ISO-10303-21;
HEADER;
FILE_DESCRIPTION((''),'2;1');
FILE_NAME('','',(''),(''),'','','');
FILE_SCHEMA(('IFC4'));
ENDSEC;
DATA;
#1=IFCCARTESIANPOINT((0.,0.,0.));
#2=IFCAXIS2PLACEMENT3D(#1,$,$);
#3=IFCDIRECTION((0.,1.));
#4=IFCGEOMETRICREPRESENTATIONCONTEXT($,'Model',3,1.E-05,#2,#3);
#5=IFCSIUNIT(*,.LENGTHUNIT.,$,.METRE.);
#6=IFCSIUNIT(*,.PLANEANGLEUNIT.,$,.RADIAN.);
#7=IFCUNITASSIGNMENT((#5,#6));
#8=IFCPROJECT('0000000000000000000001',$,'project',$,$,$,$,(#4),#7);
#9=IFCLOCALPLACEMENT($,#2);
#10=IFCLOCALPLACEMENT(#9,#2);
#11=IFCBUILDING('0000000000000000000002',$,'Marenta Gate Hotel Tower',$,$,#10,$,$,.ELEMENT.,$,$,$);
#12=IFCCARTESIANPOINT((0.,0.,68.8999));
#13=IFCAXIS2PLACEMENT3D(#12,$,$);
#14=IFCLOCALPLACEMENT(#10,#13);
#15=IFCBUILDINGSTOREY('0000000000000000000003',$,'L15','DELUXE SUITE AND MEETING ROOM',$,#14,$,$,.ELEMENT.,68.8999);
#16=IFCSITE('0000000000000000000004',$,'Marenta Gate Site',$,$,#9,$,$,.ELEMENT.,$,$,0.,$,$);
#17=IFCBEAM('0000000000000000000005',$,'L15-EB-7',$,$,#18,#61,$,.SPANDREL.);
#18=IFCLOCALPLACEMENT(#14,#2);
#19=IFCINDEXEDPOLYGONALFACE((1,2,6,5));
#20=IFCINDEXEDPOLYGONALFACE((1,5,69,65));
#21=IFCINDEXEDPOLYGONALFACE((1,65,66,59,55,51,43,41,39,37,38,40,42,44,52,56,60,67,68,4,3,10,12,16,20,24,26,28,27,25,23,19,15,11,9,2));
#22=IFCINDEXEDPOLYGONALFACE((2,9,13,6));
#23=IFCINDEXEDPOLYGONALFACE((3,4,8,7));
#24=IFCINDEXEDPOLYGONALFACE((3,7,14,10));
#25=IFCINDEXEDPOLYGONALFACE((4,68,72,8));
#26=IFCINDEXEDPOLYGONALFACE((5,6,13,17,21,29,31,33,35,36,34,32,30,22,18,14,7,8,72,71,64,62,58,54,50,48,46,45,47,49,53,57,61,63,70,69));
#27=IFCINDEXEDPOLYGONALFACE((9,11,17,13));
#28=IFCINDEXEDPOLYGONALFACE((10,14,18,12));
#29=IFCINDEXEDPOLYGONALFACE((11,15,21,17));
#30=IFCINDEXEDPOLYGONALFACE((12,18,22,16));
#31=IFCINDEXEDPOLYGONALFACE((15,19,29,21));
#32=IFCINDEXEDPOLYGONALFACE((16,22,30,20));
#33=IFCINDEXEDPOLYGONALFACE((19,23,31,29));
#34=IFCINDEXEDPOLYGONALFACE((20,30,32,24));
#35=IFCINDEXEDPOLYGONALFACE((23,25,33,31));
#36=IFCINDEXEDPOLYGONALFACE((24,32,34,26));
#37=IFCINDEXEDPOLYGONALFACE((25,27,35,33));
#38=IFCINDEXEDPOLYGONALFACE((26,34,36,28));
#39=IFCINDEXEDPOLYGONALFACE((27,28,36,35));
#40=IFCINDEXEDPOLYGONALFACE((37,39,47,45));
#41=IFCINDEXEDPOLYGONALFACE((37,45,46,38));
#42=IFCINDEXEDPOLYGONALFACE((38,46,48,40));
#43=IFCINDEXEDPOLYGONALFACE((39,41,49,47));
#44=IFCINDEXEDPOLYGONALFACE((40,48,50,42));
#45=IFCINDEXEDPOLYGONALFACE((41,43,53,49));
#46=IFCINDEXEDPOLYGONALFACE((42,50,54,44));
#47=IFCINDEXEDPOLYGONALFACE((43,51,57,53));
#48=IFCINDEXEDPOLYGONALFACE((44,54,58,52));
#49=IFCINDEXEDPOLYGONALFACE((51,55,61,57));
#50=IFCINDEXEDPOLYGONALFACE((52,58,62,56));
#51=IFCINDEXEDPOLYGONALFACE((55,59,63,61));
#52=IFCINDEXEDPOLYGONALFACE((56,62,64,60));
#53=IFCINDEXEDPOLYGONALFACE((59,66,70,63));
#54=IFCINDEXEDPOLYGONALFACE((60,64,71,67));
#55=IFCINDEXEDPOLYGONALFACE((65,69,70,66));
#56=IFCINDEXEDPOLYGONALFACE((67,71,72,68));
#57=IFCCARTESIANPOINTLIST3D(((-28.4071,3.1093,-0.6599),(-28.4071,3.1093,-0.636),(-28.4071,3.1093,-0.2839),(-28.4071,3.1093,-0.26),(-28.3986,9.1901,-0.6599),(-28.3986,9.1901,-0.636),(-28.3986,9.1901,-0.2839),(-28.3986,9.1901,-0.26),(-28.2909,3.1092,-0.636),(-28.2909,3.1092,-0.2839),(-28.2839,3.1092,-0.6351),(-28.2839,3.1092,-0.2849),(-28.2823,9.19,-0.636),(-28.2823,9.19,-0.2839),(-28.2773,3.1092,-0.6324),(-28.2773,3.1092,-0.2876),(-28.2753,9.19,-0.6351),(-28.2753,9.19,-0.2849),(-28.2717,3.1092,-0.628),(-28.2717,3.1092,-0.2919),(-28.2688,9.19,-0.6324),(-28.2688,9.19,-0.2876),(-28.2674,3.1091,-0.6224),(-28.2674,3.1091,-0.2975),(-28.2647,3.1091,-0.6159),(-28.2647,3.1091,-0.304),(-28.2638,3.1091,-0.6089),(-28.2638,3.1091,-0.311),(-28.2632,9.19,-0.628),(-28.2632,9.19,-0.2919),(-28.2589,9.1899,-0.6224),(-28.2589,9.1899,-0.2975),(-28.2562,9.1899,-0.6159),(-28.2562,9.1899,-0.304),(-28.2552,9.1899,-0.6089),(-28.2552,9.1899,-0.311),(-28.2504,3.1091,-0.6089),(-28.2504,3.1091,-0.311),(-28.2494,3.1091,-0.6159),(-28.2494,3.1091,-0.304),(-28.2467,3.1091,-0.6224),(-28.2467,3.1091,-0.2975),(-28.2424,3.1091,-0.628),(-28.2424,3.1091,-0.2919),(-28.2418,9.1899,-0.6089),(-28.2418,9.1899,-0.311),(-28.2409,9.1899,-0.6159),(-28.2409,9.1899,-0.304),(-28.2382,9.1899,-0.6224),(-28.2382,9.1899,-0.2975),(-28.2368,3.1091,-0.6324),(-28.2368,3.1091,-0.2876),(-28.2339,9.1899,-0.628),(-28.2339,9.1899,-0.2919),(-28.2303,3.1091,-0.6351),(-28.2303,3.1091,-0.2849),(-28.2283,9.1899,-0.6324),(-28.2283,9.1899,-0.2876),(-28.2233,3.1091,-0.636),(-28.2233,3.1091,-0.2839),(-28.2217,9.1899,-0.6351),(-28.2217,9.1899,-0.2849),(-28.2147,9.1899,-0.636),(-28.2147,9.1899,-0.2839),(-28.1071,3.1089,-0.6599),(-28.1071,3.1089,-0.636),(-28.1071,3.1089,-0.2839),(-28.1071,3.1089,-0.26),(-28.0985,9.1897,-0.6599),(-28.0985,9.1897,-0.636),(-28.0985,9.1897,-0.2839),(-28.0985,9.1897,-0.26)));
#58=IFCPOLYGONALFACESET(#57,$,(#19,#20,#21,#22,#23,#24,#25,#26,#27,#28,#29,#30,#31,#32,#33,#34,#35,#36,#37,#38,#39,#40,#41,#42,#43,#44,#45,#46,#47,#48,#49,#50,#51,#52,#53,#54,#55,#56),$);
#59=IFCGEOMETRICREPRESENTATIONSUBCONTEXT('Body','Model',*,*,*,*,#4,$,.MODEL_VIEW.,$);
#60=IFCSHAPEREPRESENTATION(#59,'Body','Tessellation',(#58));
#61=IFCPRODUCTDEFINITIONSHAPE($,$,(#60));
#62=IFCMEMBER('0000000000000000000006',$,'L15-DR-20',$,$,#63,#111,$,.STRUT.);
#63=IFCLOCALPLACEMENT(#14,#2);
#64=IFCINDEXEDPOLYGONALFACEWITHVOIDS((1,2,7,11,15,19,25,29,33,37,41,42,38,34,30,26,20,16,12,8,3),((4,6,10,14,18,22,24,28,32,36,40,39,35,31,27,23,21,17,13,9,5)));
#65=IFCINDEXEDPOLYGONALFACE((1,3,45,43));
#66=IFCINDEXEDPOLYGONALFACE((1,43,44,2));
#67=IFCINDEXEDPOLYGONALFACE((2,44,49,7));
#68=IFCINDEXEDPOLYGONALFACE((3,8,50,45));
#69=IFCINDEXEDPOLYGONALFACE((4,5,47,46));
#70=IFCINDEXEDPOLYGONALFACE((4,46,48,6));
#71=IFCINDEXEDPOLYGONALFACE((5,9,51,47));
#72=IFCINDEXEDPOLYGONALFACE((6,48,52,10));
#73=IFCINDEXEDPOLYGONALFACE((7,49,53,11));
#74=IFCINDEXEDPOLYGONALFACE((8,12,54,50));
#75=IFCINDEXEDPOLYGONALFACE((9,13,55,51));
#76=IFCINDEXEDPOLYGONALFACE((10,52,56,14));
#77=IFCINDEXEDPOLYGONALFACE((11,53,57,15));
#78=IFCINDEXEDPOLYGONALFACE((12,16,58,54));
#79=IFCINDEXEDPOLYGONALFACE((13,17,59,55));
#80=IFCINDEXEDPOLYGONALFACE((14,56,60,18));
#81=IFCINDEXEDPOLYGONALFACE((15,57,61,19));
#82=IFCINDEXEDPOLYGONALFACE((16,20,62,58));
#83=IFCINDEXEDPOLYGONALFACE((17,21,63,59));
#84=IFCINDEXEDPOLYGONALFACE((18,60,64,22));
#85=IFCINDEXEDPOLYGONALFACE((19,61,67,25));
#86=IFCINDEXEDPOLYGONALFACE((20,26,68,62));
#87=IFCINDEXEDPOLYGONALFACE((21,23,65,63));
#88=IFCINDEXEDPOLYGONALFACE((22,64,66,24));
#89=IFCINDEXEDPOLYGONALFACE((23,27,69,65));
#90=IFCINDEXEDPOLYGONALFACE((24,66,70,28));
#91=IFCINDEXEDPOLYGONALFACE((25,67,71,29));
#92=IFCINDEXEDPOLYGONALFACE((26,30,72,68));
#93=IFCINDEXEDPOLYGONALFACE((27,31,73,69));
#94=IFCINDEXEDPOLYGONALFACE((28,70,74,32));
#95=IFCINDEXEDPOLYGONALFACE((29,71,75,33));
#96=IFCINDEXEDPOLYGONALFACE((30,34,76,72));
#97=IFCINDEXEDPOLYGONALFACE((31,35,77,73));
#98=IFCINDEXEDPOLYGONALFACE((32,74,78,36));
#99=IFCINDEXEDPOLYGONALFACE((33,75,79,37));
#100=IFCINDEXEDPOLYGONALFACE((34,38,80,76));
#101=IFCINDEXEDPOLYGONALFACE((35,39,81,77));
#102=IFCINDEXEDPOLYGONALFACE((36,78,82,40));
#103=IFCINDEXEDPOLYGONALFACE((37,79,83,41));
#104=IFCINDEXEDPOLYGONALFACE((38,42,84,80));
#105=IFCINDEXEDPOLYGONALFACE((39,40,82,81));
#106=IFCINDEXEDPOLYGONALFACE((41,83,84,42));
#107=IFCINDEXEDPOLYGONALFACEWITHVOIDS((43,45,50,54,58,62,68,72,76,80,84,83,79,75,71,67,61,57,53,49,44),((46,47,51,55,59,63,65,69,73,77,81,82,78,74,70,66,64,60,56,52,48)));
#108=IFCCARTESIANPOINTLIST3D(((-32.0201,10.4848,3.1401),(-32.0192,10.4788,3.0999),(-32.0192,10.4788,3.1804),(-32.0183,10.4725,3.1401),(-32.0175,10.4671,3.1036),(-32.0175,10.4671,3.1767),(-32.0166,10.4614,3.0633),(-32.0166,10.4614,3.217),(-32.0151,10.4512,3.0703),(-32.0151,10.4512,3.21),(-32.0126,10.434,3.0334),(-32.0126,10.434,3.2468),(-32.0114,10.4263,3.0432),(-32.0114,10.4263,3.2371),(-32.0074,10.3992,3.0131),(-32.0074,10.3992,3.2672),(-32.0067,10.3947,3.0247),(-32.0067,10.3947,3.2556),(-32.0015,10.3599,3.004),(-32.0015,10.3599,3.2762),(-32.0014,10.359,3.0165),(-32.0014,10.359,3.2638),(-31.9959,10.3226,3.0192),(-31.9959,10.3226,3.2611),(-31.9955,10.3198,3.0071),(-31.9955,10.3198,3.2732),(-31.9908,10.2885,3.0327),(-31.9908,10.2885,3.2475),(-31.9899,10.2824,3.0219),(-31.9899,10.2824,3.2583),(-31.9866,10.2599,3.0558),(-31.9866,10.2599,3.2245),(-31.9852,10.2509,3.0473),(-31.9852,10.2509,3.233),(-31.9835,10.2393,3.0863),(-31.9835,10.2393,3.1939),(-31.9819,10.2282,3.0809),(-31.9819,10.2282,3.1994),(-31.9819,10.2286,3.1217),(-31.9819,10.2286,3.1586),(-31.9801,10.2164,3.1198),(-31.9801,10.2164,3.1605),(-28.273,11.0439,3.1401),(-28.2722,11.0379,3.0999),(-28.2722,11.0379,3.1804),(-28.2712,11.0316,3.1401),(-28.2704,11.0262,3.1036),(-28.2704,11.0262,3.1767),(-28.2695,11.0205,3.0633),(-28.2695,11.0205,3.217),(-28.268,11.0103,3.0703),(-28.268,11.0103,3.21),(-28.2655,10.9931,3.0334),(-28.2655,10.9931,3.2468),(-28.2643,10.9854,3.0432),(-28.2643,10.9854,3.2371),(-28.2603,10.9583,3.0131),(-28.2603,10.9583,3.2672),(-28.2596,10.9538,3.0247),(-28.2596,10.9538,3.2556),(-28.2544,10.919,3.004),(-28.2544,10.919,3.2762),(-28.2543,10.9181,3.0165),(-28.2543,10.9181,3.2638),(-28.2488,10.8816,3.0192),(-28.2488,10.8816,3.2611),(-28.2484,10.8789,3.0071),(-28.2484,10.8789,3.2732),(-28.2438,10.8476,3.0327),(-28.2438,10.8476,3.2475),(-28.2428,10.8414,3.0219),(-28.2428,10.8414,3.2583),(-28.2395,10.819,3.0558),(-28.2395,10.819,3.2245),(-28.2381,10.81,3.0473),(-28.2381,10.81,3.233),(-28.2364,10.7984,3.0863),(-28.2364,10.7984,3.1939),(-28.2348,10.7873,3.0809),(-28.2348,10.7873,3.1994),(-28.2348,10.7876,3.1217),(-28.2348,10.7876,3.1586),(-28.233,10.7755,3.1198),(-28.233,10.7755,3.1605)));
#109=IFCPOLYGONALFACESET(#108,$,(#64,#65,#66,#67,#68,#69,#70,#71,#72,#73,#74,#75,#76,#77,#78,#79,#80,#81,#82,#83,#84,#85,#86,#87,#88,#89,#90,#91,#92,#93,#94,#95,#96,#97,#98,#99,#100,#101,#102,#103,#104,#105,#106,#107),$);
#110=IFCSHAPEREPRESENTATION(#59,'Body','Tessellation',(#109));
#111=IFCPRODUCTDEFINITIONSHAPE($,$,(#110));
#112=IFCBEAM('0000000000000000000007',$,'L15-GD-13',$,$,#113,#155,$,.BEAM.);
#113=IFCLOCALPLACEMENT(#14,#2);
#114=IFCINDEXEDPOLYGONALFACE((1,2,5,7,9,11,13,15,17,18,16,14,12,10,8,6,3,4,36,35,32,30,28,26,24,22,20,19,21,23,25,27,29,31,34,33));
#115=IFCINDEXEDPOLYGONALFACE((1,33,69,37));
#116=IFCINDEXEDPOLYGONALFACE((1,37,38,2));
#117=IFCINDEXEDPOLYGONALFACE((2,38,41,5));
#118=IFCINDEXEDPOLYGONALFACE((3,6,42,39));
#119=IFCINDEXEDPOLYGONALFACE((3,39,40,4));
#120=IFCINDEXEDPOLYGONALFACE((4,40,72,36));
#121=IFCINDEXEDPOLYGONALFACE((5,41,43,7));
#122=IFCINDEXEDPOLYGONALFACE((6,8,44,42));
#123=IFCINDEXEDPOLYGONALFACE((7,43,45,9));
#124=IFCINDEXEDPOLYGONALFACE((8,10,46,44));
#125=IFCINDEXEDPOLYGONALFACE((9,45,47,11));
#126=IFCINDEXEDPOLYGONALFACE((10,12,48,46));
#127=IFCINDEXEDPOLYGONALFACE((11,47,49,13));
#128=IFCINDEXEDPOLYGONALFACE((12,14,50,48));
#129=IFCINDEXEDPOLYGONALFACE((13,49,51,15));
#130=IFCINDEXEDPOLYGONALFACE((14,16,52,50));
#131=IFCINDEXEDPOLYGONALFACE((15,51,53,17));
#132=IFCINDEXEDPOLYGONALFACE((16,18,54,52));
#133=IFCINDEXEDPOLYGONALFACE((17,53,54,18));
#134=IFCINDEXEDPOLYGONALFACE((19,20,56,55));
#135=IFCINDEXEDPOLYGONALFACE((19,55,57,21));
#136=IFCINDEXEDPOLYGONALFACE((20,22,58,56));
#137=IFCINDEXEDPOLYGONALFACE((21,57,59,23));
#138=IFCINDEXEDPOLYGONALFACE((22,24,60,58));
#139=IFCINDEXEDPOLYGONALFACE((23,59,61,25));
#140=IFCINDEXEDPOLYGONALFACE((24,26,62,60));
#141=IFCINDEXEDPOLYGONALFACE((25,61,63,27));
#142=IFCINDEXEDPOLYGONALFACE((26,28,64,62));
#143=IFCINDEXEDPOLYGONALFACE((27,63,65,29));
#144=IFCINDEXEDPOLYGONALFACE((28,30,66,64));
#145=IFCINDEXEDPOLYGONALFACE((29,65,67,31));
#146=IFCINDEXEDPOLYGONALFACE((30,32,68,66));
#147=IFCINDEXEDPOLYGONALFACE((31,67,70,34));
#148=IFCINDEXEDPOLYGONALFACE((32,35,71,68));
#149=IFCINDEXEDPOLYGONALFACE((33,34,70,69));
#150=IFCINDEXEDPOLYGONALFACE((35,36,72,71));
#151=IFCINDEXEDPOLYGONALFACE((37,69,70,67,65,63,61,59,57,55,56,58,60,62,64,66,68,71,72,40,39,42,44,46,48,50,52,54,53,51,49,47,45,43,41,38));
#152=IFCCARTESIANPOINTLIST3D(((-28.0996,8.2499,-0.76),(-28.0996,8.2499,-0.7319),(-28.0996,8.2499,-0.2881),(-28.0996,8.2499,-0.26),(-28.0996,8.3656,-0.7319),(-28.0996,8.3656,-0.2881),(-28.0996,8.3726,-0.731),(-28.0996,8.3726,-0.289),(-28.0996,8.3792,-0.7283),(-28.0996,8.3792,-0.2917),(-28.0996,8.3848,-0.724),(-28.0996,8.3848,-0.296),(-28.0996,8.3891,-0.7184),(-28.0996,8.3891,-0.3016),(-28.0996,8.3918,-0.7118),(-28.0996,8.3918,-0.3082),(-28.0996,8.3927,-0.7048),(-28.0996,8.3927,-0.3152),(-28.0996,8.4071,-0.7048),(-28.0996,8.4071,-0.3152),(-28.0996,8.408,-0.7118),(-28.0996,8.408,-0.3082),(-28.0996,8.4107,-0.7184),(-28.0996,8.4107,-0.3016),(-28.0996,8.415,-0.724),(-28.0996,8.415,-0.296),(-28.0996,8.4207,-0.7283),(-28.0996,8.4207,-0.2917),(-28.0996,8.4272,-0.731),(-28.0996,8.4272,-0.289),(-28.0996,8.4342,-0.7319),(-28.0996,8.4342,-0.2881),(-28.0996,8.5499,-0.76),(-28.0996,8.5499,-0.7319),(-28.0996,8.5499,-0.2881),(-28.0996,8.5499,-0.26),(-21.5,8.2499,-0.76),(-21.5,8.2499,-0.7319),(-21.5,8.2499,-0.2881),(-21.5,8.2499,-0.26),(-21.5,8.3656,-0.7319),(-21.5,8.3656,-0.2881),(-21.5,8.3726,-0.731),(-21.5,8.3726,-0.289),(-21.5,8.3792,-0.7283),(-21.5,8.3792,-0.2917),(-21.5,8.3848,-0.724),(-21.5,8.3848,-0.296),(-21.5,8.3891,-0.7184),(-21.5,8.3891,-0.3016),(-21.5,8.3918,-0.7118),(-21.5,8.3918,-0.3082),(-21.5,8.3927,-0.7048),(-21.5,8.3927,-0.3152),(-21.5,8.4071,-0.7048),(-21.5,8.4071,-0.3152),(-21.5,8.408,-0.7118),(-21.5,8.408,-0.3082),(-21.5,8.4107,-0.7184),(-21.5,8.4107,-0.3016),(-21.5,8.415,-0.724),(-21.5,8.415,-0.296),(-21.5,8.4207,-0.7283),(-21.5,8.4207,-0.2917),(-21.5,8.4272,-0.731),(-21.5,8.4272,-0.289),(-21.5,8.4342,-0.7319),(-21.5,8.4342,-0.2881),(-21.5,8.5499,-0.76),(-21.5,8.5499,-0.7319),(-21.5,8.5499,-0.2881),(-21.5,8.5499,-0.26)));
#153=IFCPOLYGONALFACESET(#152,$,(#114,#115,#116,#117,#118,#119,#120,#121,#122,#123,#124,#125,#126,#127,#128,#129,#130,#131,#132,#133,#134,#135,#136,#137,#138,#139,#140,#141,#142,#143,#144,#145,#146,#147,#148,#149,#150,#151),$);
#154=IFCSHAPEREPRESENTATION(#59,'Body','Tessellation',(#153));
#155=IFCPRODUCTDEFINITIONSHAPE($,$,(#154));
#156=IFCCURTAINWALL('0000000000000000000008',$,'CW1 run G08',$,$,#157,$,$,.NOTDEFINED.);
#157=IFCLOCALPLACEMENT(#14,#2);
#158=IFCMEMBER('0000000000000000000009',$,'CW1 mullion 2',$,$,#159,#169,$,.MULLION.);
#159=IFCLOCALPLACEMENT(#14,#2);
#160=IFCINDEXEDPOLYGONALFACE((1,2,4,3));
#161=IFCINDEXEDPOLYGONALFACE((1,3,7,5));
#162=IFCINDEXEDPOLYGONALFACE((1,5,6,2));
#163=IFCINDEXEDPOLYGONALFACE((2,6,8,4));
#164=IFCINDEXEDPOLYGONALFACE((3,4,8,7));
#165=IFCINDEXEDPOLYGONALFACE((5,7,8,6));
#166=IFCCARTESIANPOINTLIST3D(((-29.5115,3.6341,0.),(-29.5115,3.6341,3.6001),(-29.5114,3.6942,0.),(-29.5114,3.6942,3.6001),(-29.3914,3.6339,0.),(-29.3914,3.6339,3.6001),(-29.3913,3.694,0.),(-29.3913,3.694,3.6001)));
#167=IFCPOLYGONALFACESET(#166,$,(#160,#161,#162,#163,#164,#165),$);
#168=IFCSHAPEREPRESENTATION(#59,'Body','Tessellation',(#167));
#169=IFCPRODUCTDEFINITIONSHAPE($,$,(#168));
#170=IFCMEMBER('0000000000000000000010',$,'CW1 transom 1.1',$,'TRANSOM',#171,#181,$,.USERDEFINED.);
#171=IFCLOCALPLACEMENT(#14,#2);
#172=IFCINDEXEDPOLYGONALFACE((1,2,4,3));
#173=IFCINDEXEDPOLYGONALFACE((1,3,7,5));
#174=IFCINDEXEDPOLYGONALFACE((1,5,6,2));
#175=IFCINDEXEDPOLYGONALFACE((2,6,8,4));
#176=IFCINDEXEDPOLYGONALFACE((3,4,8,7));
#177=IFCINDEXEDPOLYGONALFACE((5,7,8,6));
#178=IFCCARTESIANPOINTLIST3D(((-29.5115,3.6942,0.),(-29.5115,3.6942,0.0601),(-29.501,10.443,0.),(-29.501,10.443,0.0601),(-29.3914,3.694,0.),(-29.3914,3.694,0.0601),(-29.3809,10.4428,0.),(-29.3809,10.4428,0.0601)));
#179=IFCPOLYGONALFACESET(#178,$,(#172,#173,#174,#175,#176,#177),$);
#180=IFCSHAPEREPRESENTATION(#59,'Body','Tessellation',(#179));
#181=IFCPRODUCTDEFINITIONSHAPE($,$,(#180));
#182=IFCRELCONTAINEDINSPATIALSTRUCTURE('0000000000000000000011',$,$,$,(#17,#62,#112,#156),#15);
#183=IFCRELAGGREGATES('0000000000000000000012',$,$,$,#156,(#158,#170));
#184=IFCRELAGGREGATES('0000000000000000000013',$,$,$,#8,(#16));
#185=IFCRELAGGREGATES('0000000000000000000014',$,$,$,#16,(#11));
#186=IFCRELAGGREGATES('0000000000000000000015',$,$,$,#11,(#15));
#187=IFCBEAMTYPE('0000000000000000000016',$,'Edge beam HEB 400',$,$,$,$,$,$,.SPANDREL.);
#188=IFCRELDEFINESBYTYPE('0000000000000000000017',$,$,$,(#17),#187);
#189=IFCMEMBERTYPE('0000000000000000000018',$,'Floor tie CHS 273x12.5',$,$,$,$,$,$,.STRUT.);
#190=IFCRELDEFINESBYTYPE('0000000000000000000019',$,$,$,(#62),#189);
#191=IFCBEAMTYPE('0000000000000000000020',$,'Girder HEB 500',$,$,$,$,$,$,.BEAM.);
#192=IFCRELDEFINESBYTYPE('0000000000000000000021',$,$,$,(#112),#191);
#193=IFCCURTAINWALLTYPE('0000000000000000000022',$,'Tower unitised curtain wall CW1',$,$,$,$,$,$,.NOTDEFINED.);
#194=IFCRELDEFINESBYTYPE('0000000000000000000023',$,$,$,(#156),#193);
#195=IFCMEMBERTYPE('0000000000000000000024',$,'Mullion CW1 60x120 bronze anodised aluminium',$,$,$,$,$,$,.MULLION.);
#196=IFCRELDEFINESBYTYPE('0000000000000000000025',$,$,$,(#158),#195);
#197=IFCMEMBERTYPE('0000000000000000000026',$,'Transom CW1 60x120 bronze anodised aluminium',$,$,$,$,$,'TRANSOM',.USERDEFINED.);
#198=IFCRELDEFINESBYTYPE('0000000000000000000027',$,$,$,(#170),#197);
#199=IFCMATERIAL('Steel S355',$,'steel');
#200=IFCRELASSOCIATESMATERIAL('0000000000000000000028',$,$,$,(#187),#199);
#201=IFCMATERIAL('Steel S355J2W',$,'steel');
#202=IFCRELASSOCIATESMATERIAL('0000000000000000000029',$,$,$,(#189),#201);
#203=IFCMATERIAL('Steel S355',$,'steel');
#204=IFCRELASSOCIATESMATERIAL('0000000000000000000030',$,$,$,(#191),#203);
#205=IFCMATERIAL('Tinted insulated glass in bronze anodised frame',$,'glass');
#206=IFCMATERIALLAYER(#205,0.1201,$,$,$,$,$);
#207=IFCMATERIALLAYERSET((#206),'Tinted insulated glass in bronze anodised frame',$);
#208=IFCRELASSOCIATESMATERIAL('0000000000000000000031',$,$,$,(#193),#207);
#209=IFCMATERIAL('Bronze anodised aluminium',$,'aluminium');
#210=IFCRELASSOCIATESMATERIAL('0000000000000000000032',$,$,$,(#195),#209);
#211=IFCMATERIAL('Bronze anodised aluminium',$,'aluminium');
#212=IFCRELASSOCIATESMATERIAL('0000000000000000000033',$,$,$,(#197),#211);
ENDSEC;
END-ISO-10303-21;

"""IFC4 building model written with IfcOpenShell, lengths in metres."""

from ifc_helpers import new_model, si_unit, direction, frame, origin, origin_2d, place, context, subcontext, project, spatial, rectangle, hollow_circle, i_section, extrude, material, layer, layer_set, material_profile, profile_set, type_object, element, aggregate, save


model = new_model("IFC4")

# Units and contexts
model_context = context("Model", 3, precision=1e-05, world=origin(), true_north=direction((0.0, 1.0)))
body_context = subcontext(model_context, "Body", "Model", "MODEL_VIEW")
ifc_project = project(units=[si_unit("LENGTHUNIT", "METRE"), si_unit("PLANEANGLEUNIT", "RADIAN")], contexts=[model_context])

# Site, building, storey
site_placement = place(None, origin())
site = spatial("IfcSite", under=ifc_project, at=site_placement, Name="Marenta Gate Site", CompositionType="ELEMENT", RefElevation=0.0)
building_placement = place(site_placement, origin())
building = spatial("IfcBuilding", under=site, at=building_placement, Name="Marenta Gate Hotel Tower", CompositionType="ELEMENT")
storey_placement = place(building_placement, frame((0.0, 0.0, 68.8999)))
storey = spatial("IfcBuildingStorey", under=building, at=storey_placement, Name="L15", Description="DELUXE SUITE AND MEETING ROOM", CompositionType="ELEMENT", Elevation=68.8999)

# Beam
ifc_material_1 = material(Name="Steel S355", Category="steel")
ifc_material_profile_1 = material_profile(ifc_material_1, i_section(OverallWidth=0.3, OverallDepth=0.3999, WebThickness=0.0134, FlangeThickness=0.0239, FilletRadius=0.0271, at=origin_2d()), Name="HEB 400")
ifc_profile_set_1 = profile_set([ifc_material_profile_1], Name="Steel S355")
beam_type_1 = type_object("IfcBeamType", Name="Edge beam HEB 400", PredefinedType="SPANDREL", material=ifc_profile_set_1)
beam_1_placement = place(storey_placement, frame((-28.2571, 3.1091, -0.46), z_axis=(0.001405, 0.999999, 0.0), x_axis=(-0.999999, 0.001405, 0.0)))
element("IfcBeam", 1, at=beam_1_placement, inside=storey, type_object=beam_type_1, Name="L15-EB-7", PredefinedType="SPANDREL", context=body_context, shape_type="SweptSolid", body=[
    extrude(i_section(OverallWidth=0.3, OverallDepth=0.3999, WebThickness=0.0134, FlangeThickness=0.0239, FilletRadius=0.0271, at=origin_2d()), origin(), (0.0, 0.0, 1.0), 6.0808),
])

# Member
ifc_material_2 = material(Name="Steel S355J2W", Category="steel")
ifc_material_profile_2 = material_profile(ifc_material_2, hollow_circle(Radius=0.1365, WallThickness=0.0125, at=origin_2d()), Name="CHS 273x12.5")
ifc_profile_set_2 = profile_set([ifc_material_profile_2], Name="Steel S355J2W")
member_type_1 = type_object("IfcMemberType", Name="Floor tie CHS 273x12.5", PredefinedType="STRUT", material=ifc_profile_set_2)
member_1_placement = place(storey_placement, frame((-32.0, 10.3499, 3.1401), z_axis=(0.989051, 0.147572, 0.0), x_axis=(-0.147572, 0.989051, 0.0)))
element("IfcMember", 2, at=member_1_placement, inside=storey, type_object=member_type_1, Name="L15-DR-20", PredefinedType="STRUT", context=body_context, shape_type="SweptSolid", body=[
    extrude(hollow_circle(Radius=0.1365, WallThickness=0.0125, at=origin_2d()), origin(), (0.0, 0.0, 1.0), 3.7886),
])

# Beam
ifc_material_3 = material(Name="Steel S355", Category="steel")
ifc_material_profile_3 = material_profile(ifc_material_3, i_section(OverallWidth=0.3, OverallDepth=0.5, WebThickness=0.0144, FlangeThickness=0.0281, FilletRadius=0.0271, at=origin_2d()), Name="HEB 500")
ifc_profile_set_3 = profile_set([ifc_material_profile_3], Name="Steel S355")
beam_type_2 = type_object("IfcBeamType", Name="Girder HEB 500", PredefinedType="BEAM", material=ifc_profile_set_3)
beam_2_placement = place(storey_placement, frame((-28.0996, 8.3999, -0.51), z_axis=(1.0, 0.0, 0.0), x_axis=(0.0, 1.0, 0.0)))
element("IfcBeam", 3, at=beam_2_placement, inside=storey, type_object=beam_type_2, Name="L15-GD-13", PredefinedType="BEAM", context=body_context, shape_type="SweptSolid", body=[
    extrude(i_section(OverallWidth=0.3, OverallDepth=0.5, WebThickness=0.0144, FlangeThickness=0.0281, FilletRadius=0.0271, at=origin_2d()), origin(), (0.0, 0.0, 1.0), 6.5996),
])

# Curtain wall, members
ifc_material_4 = material(Name="Tinted insulated glass in bronze anodised frame", Category="glass")
ifc_layer_1 = layer(ifc_material_4, 0.1201)
ifc_layer_set_1 = layer_set([ifc_layer_1], Name="Tinted insulated glass in bronze anodised frame")
curtain_wall_type = type_object("IfcCurtainWallType", Name="Tower unitised curtain wall CW1", PredefinedType="NOTDEFINED", material=ifc_layer_set_1)
curtain_wall_placement = place(storey_placement, origin())
curtain_wall = element("IfcCurtainWall", 4, at=curtain_wall_placement, inside=storey, type_object=curtain_wall_type, Name="CW1 run G08", PredefinedType="NOTDEFINED")
ifc_material_5 = material(Name="Bronze anodised aluminium", Category="aluminium")
ifc_material_profile_4 = material_profile(ifc_material_5, rectangle(XDim=0.1201, YDim=0.0601, at=origin_2d()), Name="Mullion CW1 60x120 bronze anodised aluminium")
ifc_profile_set_4 = profile_set([ifc_material_profile_4], Name="Bronze anodised aluminium")
member_type_2 = type_object("IfcMemberType", Name="Mullion CW1 60x120 bronze anodised aluminium", PredefinedType="MULLION", material=ifc_profile_set_4)
member_2_placement = place(storey_placement, frame((-29.4514, 3.6641, 0.0), z_axis=(0.0, 0.0, 1.0), x_axis=(0.999999, -0.001565, 0.0)))
member_2 = element("IfcMember", 5, at=member_2_placement, type_object=member_type_2, Name="CW1 mullion 2", PredefinedType="MULLION", context=body_context, shape_type="SweptSolid", body=[
    extrude(rectangle(XDim=0.1201, YDim=0.0601, at=origin_2d()), origin(), (0.0, 0.0, 1.0), 3.6001),
])
ifc_material_6 = material(Name="Bronze anodised aluminium", Category="aluminium")
ifc_material_profile_5 = material_profile(ifc_material_6, rectangle(XDim=0.1201, YDim=0.0601, at=origin_2d()), Name="Transom CW1 60x120 bronze anodised aluminium")
ifc_profile_set_5 = profile_set([ifc_material_profile_5], Name="Bronze anodised aluminium")
member_type_3 = type_object("IfcMemberType", Name="Transom CW1 60x120 bronze anodised aluminium", ElementType="TRANSOM", PredefinedType="USERDEFINED", material=ifc_profile_set_5)
member_3_placement = place(storey_placement, frame((-29.4409, 10.4429, 0.03), z_axis=(-0.001556, -0.999999, 0.0), x_axis=(0.999999, -0.001556, 0.0)))
member_3 = element("IfcMember", 6, at=member_3_placement, type_object=member_type_3, Name="CW1 transom 1.1", ObjectType="TRANSOM", PredefinedType="USERDEFINED", context=body_context, shape_type="SweptSolid", body=[
    extrude(rectangle(XDim=0.1201, YDim=0.0601, at=origin_2d()), origin(), (0.0, 0.0, 1.0), 6.7488),
])
aggregate(curtain_wall, [member_2, member_3])

save(model, "model.ifc")
